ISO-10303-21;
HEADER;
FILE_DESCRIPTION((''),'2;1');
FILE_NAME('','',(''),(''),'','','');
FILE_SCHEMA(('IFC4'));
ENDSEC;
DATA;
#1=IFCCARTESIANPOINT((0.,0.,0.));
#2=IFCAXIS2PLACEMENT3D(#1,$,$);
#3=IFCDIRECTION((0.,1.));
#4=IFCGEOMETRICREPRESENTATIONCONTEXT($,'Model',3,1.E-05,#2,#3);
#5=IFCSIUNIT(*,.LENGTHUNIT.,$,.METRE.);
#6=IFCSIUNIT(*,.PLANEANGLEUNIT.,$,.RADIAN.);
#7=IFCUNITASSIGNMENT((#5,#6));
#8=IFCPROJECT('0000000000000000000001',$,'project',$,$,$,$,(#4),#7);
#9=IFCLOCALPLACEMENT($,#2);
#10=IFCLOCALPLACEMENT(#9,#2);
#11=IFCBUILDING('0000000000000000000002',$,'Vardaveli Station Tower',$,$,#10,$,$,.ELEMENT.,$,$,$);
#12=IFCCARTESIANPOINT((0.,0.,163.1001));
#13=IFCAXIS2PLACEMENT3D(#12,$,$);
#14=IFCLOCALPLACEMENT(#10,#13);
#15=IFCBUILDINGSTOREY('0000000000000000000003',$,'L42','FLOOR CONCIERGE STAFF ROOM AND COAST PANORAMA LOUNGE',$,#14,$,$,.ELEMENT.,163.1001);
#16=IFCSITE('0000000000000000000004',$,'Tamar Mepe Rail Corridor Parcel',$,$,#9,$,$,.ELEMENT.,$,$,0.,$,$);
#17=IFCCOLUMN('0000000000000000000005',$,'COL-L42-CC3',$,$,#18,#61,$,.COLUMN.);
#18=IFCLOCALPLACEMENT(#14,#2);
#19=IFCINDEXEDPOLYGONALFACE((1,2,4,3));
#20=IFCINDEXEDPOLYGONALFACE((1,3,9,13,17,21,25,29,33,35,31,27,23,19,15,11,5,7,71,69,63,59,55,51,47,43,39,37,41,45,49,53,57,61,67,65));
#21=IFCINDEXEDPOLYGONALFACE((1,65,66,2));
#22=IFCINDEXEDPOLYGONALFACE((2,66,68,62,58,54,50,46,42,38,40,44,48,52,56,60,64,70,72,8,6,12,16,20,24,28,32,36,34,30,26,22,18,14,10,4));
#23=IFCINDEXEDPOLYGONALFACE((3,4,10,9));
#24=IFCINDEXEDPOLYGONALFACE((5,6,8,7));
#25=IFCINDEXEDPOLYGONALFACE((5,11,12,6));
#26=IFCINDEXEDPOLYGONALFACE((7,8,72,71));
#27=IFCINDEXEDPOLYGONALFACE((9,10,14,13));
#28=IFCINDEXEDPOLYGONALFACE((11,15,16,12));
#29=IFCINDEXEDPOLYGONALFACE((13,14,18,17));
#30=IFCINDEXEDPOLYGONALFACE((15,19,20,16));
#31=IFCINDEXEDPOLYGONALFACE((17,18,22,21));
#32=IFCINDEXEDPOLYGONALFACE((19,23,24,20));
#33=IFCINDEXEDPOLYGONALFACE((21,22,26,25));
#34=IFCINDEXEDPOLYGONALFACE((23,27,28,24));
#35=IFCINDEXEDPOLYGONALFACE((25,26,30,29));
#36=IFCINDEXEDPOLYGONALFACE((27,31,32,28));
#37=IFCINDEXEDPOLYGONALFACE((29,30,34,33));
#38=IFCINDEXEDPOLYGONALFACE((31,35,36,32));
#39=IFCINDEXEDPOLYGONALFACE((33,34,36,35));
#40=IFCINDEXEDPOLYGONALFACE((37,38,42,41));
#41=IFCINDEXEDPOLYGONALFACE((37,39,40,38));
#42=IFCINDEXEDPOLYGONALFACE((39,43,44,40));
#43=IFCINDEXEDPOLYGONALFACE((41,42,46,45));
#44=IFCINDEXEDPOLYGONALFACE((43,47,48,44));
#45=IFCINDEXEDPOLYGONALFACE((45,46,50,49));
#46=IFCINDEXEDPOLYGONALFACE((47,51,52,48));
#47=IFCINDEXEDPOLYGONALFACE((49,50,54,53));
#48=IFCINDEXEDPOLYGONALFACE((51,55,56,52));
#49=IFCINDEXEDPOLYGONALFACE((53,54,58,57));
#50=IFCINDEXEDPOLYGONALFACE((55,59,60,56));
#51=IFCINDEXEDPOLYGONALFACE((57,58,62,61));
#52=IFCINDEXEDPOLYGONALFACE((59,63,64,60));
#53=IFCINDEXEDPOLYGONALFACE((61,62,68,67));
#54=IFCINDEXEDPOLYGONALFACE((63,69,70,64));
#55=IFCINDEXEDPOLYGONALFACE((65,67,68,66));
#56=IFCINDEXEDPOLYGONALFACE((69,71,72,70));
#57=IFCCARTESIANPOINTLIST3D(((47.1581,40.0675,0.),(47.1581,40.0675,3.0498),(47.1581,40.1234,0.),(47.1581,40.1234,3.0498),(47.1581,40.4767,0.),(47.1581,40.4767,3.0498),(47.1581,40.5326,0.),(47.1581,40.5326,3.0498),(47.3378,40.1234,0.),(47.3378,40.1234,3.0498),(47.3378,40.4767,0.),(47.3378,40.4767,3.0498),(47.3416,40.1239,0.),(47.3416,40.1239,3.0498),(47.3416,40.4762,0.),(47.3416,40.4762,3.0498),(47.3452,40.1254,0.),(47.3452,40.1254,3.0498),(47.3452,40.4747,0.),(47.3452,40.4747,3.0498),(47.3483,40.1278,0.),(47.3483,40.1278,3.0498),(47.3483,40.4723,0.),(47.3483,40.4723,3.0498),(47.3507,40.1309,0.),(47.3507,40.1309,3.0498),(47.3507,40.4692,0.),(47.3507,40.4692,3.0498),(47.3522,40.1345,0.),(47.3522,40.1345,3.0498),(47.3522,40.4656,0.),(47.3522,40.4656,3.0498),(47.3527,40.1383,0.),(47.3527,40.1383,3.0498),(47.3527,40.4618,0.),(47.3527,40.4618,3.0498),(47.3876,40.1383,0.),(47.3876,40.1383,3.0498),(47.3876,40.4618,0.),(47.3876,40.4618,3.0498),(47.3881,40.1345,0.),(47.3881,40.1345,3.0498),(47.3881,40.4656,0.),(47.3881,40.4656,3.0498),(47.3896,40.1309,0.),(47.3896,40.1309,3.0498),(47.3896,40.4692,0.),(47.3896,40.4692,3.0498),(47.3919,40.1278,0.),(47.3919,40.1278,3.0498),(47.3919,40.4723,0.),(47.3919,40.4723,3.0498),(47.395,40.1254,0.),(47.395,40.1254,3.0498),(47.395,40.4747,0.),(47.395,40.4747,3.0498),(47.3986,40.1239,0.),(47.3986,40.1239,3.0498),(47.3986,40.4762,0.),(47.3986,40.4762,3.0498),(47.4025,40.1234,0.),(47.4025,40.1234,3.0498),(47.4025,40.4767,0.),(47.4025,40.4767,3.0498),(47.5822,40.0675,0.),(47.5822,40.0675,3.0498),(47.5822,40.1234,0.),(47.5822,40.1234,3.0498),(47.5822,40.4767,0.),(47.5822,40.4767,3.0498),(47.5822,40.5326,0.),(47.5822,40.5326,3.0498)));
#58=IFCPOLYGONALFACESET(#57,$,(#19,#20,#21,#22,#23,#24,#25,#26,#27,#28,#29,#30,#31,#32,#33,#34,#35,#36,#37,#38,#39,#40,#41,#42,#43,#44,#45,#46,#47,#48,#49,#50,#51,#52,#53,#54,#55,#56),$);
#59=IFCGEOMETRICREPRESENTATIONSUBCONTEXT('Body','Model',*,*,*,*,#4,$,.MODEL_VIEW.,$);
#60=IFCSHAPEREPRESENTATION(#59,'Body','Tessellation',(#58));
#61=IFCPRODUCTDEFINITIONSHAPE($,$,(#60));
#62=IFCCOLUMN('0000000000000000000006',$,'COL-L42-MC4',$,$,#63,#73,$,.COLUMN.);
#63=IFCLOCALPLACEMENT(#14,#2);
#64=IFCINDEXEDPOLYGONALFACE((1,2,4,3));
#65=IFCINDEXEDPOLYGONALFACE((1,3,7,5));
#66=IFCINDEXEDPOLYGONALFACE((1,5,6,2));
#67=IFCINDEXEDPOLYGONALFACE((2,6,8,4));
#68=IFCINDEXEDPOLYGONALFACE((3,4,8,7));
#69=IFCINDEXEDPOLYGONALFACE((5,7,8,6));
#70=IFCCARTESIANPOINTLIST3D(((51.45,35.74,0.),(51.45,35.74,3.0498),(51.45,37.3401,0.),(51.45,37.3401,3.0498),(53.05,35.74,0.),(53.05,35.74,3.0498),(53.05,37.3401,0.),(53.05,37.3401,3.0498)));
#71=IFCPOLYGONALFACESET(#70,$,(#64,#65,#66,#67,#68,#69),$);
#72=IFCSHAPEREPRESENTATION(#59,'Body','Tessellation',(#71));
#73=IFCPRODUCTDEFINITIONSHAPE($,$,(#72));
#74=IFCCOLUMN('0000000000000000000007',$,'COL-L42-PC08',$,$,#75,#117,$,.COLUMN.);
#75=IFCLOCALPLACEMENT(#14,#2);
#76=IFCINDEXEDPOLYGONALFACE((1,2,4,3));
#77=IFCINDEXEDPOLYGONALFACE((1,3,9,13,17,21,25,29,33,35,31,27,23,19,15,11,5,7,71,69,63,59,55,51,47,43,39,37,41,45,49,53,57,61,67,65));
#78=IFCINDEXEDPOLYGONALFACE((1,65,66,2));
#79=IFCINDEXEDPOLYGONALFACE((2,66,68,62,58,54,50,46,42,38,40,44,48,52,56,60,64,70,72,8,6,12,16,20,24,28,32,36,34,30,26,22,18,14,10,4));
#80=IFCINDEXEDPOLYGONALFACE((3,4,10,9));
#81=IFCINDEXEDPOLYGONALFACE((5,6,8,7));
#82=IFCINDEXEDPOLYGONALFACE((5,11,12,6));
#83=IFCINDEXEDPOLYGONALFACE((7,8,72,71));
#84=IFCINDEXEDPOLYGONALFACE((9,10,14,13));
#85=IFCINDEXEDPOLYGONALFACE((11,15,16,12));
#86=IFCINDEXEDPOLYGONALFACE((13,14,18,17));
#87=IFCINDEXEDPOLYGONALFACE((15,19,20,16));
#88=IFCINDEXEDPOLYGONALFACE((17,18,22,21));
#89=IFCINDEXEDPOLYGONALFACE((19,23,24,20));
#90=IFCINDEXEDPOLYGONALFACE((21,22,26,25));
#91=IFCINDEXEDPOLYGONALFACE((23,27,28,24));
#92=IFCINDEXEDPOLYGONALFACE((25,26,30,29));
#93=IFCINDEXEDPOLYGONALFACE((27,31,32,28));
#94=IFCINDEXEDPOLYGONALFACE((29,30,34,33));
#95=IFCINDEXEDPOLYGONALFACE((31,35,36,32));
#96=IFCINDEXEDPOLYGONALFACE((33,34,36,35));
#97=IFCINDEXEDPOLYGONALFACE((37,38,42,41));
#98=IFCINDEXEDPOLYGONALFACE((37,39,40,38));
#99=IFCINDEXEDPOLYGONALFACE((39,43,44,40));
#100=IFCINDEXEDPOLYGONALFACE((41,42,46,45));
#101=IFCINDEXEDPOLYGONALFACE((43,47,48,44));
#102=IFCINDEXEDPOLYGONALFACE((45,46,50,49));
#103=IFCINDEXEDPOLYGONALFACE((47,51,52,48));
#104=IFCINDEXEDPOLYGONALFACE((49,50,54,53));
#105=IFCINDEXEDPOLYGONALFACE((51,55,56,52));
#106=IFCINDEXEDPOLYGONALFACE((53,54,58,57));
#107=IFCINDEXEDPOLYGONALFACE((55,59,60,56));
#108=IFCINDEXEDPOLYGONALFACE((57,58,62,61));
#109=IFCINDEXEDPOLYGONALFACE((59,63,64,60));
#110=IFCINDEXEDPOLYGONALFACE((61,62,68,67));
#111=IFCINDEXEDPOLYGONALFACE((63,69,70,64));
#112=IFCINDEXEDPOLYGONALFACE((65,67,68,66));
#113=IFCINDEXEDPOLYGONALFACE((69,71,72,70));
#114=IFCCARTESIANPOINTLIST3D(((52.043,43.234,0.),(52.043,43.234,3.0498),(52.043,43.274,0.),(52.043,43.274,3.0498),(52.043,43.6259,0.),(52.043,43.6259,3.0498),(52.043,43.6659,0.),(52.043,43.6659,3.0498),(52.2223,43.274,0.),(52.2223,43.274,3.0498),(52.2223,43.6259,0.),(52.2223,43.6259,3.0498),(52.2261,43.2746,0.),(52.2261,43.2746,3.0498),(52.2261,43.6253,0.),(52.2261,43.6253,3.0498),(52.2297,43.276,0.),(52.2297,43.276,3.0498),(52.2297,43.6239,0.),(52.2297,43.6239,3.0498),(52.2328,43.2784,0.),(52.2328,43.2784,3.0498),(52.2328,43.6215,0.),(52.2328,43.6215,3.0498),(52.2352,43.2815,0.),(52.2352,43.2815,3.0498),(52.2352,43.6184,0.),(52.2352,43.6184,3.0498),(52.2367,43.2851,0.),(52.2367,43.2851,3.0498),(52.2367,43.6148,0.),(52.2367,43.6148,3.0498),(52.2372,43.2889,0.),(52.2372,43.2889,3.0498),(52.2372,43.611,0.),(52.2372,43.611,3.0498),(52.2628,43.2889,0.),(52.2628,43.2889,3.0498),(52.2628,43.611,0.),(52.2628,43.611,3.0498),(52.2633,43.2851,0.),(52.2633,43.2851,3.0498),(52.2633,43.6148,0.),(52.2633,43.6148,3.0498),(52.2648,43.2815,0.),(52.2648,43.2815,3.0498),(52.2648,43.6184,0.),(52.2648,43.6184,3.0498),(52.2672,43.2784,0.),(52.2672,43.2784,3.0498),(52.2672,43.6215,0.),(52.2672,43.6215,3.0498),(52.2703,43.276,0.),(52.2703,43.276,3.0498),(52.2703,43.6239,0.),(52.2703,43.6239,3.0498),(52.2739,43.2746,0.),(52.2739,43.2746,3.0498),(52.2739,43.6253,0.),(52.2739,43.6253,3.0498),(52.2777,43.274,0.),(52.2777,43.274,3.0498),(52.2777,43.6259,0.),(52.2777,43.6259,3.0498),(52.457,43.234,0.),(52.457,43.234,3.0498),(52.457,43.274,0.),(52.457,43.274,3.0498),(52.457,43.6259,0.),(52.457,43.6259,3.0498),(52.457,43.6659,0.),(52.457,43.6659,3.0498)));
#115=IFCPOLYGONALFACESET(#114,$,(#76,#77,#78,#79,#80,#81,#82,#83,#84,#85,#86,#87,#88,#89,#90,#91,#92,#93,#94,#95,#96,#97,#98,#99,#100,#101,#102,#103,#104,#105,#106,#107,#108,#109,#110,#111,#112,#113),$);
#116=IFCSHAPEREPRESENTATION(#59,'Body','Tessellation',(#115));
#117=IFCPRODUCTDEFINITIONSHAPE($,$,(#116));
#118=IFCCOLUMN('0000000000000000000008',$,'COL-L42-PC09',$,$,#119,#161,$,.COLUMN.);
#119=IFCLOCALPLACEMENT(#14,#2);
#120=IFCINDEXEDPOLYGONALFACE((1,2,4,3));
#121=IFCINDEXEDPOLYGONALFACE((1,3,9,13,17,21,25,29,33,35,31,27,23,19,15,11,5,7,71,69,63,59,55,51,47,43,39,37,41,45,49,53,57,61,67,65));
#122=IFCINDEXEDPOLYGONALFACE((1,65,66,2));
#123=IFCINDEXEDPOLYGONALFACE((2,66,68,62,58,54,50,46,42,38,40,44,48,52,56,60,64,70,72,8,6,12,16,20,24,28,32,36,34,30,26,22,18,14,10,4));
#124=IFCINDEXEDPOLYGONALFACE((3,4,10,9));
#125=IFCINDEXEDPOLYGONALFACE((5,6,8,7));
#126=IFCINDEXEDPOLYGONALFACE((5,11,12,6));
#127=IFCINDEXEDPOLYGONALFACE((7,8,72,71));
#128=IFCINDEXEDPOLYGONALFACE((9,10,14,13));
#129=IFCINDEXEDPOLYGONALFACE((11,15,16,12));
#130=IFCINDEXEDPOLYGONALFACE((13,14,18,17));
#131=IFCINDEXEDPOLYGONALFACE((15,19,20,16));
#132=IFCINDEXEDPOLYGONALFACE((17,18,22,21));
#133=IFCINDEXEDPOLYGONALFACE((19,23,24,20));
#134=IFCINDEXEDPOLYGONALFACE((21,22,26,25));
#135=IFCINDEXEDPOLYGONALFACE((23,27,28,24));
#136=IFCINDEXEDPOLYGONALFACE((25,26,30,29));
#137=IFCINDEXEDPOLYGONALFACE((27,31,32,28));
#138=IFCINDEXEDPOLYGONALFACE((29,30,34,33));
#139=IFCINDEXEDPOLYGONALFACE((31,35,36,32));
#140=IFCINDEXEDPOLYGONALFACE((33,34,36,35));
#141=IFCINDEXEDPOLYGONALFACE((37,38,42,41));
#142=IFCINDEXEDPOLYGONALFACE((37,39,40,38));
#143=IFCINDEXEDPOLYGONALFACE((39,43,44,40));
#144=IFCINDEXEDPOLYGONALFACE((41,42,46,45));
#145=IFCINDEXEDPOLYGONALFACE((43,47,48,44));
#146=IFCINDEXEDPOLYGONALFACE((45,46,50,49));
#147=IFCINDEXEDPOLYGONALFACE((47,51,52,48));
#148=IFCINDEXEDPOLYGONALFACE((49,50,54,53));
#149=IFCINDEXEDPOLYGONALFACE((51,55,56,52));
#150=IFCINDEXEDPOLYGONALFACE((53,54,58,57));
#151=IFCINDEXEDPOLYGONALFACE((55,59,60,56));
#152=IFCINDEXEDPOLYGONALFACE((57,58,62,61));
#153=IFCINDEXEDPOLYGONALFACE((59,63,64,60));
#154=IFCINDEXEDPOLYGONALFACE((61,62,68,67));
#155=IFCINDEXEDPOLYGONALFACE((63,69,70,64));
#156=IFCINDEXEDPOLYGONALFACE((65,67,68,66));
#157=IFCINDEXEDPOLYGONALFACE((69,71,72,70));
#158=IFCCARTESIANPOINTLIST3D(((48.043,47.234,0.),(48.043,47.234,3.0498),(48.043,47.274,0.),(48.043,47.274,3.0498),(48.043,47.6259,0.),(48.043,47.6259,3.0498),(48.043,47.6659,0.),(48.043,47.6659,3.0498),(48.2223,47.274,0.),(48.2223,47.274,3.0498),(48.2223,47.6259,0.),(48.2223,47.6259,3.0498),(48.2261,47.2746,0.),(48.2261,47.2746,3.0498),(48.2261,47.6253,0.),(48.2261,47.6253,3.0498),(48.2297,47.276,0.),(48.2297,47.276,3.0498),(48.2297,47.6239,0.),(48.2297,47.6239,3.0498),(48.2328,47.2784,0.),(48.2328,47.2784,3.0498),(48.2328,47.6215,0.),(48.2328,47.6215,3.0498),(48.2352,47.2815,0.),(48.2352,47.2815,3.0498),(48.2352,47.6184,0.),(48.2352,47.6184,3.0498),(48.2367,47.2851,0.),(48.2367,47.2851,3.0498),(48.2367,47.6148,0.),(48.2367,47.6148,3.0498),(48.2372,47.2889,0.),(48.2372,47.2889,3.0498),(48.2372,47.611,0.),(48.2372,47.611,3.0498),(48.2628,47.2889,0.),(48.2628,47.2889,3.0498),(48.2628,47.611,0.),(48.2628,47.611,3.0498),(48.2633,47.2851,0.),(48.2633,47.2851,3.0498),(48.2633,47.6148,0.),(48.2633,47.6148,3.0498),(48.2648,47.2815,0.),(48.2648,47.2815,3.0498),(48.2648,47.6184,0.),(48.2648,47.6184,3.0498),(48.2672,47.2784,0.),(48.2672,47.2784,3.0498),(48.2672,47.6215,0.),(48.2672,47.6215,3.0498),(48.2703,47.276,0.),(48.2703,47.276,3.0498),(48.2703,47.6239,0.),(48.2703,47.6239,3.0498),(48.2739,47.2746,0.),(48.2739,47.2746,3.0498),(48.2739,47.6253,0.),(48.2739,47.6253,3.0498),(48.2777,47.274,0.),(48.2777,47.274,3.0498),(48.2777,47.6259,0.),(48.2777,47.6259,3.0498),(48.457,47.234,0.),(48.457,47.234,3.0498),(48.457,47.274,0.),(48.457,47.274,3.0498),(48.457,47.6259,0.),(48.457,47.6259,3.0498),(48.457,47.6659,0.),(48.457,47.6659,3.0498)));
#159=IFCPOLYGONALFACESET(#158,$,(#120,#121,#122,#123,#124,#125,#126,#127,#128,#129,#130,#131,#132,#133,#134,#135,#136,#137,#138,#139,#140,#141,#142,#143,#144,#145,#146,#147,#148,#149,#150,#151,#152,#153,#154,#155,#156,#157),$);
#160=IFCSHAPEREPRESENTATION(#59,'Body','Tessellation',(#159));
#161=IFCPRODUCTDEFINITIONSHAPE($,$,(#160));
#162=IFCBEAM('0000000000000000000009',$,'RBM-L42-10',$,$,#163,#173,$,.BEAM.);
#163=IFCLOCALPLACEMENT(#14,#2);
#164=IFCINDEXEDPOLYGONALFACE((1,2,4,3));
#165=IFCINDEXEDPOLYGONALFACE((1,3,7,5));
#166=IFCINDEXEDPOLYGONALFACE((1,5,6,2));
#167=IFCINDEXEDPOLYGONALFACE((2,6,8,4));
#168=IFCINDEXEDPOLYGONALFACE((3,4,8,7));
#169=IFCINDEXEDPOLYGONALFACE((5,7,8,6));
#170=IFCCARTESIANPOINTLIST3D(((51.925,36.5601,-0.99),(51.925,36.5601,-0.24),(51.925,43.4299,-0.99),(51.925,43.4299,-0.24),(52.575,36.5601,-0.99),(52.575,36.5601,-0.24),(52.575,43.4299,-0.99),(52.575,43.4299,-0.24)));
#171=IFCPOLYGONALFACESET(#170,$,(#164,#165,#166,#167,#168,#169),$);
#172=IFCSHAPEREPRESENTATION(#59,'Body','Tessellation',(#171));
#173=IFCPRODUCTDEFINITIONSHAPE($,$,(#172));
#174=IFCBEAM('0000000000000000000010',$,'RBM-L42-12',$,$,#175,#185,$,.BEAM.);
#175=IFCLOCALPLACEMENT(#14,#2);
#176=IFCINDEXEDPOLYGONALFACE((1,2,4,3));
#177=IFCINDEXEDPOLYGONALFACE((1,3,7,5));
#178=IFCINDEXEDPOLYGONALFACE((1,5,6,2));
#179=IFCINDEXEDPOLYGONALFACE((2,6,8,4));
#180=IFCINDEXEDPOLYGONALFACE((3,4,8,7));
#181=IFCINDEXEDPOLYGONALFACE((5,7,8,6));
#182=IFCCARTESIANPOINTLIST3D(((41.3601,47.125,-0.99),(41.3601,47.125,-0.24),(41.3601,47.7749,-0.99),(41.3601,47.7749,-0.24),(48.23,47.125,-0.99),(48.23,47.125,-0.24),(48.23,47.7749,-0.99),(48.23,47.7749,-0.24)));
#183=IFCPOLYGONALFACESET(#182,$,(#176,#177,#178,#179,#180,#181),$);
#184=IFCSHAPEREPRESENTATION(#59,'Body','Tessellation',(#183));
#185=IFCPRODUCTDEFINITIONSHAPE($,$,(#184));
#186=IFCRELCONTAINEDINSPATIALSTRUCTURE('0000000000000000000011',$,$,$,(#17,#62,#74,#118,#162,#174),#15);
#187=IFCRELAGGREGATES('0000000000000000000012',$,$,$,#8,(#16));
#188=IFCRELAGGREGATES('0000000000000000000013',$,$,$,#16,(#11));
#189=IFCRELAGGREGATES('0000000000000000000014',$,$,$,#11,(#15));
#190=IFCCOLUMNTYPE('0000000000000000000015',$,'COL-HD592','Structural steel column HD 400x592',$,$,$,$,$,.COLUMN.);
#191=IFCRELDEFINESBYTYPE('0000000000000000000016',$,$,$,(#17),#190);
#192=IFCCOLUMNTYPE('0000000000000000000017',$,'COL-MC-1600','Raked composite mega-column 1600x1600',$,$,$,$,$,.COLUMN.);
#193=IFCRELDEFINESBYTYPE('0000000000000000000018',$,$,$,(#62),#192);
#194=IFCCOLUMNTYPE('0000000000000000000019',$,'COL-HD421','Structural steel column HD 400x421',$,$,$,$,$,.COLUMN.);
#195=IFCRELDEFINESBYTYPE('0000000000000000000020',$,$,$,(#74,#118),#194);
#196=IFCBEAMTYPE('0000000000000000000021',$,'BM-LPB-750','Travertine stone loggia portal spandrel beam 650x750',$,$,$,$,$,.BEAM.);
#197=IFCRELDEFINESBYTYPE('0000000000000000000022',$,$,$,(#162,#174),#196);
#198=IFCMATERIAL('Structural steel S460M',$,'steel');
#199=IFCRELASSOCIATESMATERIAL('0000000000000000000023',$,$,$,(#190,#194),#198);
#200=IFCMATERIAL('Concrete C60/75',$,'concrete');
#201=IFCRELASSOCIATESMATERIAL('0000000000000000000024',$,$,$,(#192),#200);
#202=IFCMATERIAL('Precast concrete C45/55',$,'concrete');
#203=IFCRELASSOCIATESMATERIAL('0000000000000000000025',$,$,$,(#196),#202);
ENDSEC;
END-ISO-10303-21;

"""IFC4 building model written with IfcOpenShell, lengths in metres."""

from ifc_helpers import new_model, si_unit, direction, frame, origin, origin_2d, place, context, subcontext, project, spatial, rectangle, i_section, extrude, source, transform, mapped, material, material_profile, profile_set, type_object, element, save


model = new_model("IFC4")

# Units and contexts
model_context = context("Model", 3, precision=1e-05, world=origin(), true_north=direction((0.0, 1.0)))
body_context = subcontext(model_context, "Body", "Model", "MODEL_VIEW")
ifc_project = project(units=[si_unit("LENGTHUNIT", "METRE"), si_unit("PLANEANGLEUNIT", "RADIAN")], contexts=[model_context])

# Site, building, storey
site_placement = place(None, origin())
site = spatial("IfcSite", under=ifc_project, at=site_placement, Name="Tamar Mepe Rail Corridor Parcel", CompositionType="ELEMENT", RefElevation=0.0)
building_placement = place(site_placement, origin())
building = spatial("IfcBuilding", under=site, at=building_placement, Name="Vardaveli Station Tower", CompositionType="ELEMENT")
storey_placement = place(building_placement, frame((0.0, 0.0, 163.1001)))
storey = spatial("IfcBuildingStorey", under=building, at=storey_placement, Name="L42", Description="FLOOR CONCIERGE STAFF ROOM AND COAST PANORAMA LOUNGE", CompositionType="ELEMENT", Elevation=163.1001)

# Columns
ifc_material_1 = material(Name="Structural steel S460M", Category="steel")
ifc_material_profile_1 = material_profile(ifc_material_1, i_section(OverallWidth=0.4241, OverallDepth=0.4651, WebThickness=0.0349, FlangeThickness=0.0559, FilletRadius=0.0149, at=origin_2d()), Name="HD 400x592")
ifc_profile_set_1 = profile_set([ifc_material_profile_1], Name="Structural steel S460M")
column_type_1 = type_object("IfcColumnType", Name="COL-HD592", Description="Structural steel column HD 400x592", PredefinedType="COLUMN", material=ifc_profile_set_1)
shared_shape_1 = source(origin(), body_context, "Body", "SweptSolid", [
    extrude(i_section(OverallWidth=0.4241, OverallDepth=0.4651, WebThickness=0.0349, FlangeThickness=0.0559, FilletRadius=0.0149, at=origin_2d()), origin(), (0.0, 0.0, 1.0), 3.0498),
])
column_1_placement = place(storey_placement, frame((47.3701, 40.3, 0.0), z_axis=(0.0, 0.0, 1.0), x_axis=(1.0, 0.0, 0.0)))
element("IfcColumn", 1, at=column_1_placement, inside=storey, type_object=column_type_1, Name="COL-L42-CC3", PredefinedType="COLUMN", context=body_context, shape_type="MappedRepresentation", body=[
    mapped(shared_shape_1, transform((0.0, 0.0, 0.0), scale=1.0)),
])
ifc_material_2 = material(Name="Concrete C60/75", Category="concrete")
ifc_material_profile_2 = material_profile(ifc_material_2, rectangle(XDim=1.6001, YDim=1.6001, at=origin_2d()), Name="MC 1600x1600")
ifc_profile_set_2 = profile_set([ifc_material_profile_2], Name="Concrete C60/75")
column_type_2 = type_object("IfcColumnType", Name="COL-MC-1600", Description="Raked composite mega-column 1600x1600", PredefinedType="COLUMN", material=ifc_profile_set_2)
shared_shape_2 = source(origin(), body_context, "Body", "SweptSolid", [
    extrude(rectangle(XDim=1.6001, YDim=1.6001, at=origin_2d()), origin(), (0.0, 0.0, 1.0), 3.0498),
])
column_2_placement = place(storey_placement, frame((52.25, 36.54, 0.0), z_axis=(0.0, 0.0, 1.0), x_axis=(1.0, 0.0, 0.0)))
element("IfcColumn", 2, at=column_2_placement, inside=storey, type_object=column_type_2, Name="COL-L42-MC4", PredefinedType="COLUMN", context=body_context, shape_type="MappedRepresentation", body=[
    mapped(shared_shape_2, transform((0.0, 0.0, 0.0), scale=1.0)),
])
ifc_material_profile_3 = material_profile(ifc_material_1, i_section(OverallWidth=0.4141, OverallDepth=0.4319, WebThickness=0.0256, FlangeThickness=0.04, FilletRadius=0.0149, at=origin_2d()), Name="HD 400x421")
ifc_profile_set_3 = profile_set([ifc_material_profile_3], Name="Structural steel S460M")
column_type_3 = type_object("IfcColumnType", Name="COL-HD421", Description="Structural steel column HD 400x421", PredefinedType="COLUMN", material=ifc_profile_set_3)
shared_shape_3 = source(origin(), body_context, "Body", "SweptSolid", [
    extrude(i_section(OverallWidth=0.4141, OverallDepth=0.4319, WebThickness=0.0256, FlangeThickness=0.04, FilletRadius=0.0149, at=origin_2d()), origin(), (0.0, 0.0, 1.0), 3.0498),
])
for number, where, z_axis, x_axis, name in (
    (3, (52.25, 43.45, 0.0), (0.0, 0.0, 1.0), (1.0, 0.0, 0.0), "COL-L42-PC08"),
    (4, (48.25, 47.45, 0.0), (0.0, 0.0, 1.0), (1.0, 0.0, 0.0), "COL-L42-PC09"),
):
    element("IfcColumn", number, at=place(storey_placement, frame(where, z_axis=z_axis, x_axis=x_axis)), inside=storey, type_object=column_type_3, Name=name, PredefinedType="COLUMN", context=body_context, shape_type="MappedRepresentation", body=[
        mapped(shared_shape_3, transform((0.0, 0.0, 0.0), scale=1.0)),
    ])

# Beams
ifc_material_3 = material(Name="Precast concrete C45/55", Category="concrete")
ifc_material_profile_4 = material_profile(ifc_material_3, rectangle(XDim=0.6499, YDim=0.75, at=origin_2d()), Name="LPB 650x750")
ifc_profile_set_4 = profile_set([ifc_material_profile_4], Name="Precast concrete C45/55")
beam_type = type_object("IfcBeamType", Name="BM-LPB-750", Description="Travertine stone loggia portal spandrel beam 650x750", PredefinedType="BEAM", material=ifc_profile_set_4)
shared_shape_4 = source(origin(), body_context, "Body", "SweptSolid", [
    extrude(rectangle(XDim=0.6499, YDim=0.75, at=origin_2d()), origin(), (0.0, 0.0, 1.0), 6.8699),
])
for number, where, z_axis, x_axis, name in (
    (5, (52.25, 36.5601, -0.615), (0.0, 1.0, 0.0), (-1.0, 0.0, 0.0), "RBM-L42-10"),
    (6, (48.23, 47.45, -0.615), (-1.0, 0.0, 0.0), (0.0, -1.0, 0.0), "RBM-L42-12"),
):
    element("IfcBeam", number, at=place(storey_placement, frame(where, z_axis=z_axis, x_axis=x_axis)), inside=storey, type_object=beam_type, Name=name, PredefinedType="BEAM", context=body_context, shape_type="MappedRepresentation", body=[
        mapped(shared_shape_4, transform((0.0, 0.0, 0.0), scale=1.0)),
    ])

save(model, "model.ifc")
